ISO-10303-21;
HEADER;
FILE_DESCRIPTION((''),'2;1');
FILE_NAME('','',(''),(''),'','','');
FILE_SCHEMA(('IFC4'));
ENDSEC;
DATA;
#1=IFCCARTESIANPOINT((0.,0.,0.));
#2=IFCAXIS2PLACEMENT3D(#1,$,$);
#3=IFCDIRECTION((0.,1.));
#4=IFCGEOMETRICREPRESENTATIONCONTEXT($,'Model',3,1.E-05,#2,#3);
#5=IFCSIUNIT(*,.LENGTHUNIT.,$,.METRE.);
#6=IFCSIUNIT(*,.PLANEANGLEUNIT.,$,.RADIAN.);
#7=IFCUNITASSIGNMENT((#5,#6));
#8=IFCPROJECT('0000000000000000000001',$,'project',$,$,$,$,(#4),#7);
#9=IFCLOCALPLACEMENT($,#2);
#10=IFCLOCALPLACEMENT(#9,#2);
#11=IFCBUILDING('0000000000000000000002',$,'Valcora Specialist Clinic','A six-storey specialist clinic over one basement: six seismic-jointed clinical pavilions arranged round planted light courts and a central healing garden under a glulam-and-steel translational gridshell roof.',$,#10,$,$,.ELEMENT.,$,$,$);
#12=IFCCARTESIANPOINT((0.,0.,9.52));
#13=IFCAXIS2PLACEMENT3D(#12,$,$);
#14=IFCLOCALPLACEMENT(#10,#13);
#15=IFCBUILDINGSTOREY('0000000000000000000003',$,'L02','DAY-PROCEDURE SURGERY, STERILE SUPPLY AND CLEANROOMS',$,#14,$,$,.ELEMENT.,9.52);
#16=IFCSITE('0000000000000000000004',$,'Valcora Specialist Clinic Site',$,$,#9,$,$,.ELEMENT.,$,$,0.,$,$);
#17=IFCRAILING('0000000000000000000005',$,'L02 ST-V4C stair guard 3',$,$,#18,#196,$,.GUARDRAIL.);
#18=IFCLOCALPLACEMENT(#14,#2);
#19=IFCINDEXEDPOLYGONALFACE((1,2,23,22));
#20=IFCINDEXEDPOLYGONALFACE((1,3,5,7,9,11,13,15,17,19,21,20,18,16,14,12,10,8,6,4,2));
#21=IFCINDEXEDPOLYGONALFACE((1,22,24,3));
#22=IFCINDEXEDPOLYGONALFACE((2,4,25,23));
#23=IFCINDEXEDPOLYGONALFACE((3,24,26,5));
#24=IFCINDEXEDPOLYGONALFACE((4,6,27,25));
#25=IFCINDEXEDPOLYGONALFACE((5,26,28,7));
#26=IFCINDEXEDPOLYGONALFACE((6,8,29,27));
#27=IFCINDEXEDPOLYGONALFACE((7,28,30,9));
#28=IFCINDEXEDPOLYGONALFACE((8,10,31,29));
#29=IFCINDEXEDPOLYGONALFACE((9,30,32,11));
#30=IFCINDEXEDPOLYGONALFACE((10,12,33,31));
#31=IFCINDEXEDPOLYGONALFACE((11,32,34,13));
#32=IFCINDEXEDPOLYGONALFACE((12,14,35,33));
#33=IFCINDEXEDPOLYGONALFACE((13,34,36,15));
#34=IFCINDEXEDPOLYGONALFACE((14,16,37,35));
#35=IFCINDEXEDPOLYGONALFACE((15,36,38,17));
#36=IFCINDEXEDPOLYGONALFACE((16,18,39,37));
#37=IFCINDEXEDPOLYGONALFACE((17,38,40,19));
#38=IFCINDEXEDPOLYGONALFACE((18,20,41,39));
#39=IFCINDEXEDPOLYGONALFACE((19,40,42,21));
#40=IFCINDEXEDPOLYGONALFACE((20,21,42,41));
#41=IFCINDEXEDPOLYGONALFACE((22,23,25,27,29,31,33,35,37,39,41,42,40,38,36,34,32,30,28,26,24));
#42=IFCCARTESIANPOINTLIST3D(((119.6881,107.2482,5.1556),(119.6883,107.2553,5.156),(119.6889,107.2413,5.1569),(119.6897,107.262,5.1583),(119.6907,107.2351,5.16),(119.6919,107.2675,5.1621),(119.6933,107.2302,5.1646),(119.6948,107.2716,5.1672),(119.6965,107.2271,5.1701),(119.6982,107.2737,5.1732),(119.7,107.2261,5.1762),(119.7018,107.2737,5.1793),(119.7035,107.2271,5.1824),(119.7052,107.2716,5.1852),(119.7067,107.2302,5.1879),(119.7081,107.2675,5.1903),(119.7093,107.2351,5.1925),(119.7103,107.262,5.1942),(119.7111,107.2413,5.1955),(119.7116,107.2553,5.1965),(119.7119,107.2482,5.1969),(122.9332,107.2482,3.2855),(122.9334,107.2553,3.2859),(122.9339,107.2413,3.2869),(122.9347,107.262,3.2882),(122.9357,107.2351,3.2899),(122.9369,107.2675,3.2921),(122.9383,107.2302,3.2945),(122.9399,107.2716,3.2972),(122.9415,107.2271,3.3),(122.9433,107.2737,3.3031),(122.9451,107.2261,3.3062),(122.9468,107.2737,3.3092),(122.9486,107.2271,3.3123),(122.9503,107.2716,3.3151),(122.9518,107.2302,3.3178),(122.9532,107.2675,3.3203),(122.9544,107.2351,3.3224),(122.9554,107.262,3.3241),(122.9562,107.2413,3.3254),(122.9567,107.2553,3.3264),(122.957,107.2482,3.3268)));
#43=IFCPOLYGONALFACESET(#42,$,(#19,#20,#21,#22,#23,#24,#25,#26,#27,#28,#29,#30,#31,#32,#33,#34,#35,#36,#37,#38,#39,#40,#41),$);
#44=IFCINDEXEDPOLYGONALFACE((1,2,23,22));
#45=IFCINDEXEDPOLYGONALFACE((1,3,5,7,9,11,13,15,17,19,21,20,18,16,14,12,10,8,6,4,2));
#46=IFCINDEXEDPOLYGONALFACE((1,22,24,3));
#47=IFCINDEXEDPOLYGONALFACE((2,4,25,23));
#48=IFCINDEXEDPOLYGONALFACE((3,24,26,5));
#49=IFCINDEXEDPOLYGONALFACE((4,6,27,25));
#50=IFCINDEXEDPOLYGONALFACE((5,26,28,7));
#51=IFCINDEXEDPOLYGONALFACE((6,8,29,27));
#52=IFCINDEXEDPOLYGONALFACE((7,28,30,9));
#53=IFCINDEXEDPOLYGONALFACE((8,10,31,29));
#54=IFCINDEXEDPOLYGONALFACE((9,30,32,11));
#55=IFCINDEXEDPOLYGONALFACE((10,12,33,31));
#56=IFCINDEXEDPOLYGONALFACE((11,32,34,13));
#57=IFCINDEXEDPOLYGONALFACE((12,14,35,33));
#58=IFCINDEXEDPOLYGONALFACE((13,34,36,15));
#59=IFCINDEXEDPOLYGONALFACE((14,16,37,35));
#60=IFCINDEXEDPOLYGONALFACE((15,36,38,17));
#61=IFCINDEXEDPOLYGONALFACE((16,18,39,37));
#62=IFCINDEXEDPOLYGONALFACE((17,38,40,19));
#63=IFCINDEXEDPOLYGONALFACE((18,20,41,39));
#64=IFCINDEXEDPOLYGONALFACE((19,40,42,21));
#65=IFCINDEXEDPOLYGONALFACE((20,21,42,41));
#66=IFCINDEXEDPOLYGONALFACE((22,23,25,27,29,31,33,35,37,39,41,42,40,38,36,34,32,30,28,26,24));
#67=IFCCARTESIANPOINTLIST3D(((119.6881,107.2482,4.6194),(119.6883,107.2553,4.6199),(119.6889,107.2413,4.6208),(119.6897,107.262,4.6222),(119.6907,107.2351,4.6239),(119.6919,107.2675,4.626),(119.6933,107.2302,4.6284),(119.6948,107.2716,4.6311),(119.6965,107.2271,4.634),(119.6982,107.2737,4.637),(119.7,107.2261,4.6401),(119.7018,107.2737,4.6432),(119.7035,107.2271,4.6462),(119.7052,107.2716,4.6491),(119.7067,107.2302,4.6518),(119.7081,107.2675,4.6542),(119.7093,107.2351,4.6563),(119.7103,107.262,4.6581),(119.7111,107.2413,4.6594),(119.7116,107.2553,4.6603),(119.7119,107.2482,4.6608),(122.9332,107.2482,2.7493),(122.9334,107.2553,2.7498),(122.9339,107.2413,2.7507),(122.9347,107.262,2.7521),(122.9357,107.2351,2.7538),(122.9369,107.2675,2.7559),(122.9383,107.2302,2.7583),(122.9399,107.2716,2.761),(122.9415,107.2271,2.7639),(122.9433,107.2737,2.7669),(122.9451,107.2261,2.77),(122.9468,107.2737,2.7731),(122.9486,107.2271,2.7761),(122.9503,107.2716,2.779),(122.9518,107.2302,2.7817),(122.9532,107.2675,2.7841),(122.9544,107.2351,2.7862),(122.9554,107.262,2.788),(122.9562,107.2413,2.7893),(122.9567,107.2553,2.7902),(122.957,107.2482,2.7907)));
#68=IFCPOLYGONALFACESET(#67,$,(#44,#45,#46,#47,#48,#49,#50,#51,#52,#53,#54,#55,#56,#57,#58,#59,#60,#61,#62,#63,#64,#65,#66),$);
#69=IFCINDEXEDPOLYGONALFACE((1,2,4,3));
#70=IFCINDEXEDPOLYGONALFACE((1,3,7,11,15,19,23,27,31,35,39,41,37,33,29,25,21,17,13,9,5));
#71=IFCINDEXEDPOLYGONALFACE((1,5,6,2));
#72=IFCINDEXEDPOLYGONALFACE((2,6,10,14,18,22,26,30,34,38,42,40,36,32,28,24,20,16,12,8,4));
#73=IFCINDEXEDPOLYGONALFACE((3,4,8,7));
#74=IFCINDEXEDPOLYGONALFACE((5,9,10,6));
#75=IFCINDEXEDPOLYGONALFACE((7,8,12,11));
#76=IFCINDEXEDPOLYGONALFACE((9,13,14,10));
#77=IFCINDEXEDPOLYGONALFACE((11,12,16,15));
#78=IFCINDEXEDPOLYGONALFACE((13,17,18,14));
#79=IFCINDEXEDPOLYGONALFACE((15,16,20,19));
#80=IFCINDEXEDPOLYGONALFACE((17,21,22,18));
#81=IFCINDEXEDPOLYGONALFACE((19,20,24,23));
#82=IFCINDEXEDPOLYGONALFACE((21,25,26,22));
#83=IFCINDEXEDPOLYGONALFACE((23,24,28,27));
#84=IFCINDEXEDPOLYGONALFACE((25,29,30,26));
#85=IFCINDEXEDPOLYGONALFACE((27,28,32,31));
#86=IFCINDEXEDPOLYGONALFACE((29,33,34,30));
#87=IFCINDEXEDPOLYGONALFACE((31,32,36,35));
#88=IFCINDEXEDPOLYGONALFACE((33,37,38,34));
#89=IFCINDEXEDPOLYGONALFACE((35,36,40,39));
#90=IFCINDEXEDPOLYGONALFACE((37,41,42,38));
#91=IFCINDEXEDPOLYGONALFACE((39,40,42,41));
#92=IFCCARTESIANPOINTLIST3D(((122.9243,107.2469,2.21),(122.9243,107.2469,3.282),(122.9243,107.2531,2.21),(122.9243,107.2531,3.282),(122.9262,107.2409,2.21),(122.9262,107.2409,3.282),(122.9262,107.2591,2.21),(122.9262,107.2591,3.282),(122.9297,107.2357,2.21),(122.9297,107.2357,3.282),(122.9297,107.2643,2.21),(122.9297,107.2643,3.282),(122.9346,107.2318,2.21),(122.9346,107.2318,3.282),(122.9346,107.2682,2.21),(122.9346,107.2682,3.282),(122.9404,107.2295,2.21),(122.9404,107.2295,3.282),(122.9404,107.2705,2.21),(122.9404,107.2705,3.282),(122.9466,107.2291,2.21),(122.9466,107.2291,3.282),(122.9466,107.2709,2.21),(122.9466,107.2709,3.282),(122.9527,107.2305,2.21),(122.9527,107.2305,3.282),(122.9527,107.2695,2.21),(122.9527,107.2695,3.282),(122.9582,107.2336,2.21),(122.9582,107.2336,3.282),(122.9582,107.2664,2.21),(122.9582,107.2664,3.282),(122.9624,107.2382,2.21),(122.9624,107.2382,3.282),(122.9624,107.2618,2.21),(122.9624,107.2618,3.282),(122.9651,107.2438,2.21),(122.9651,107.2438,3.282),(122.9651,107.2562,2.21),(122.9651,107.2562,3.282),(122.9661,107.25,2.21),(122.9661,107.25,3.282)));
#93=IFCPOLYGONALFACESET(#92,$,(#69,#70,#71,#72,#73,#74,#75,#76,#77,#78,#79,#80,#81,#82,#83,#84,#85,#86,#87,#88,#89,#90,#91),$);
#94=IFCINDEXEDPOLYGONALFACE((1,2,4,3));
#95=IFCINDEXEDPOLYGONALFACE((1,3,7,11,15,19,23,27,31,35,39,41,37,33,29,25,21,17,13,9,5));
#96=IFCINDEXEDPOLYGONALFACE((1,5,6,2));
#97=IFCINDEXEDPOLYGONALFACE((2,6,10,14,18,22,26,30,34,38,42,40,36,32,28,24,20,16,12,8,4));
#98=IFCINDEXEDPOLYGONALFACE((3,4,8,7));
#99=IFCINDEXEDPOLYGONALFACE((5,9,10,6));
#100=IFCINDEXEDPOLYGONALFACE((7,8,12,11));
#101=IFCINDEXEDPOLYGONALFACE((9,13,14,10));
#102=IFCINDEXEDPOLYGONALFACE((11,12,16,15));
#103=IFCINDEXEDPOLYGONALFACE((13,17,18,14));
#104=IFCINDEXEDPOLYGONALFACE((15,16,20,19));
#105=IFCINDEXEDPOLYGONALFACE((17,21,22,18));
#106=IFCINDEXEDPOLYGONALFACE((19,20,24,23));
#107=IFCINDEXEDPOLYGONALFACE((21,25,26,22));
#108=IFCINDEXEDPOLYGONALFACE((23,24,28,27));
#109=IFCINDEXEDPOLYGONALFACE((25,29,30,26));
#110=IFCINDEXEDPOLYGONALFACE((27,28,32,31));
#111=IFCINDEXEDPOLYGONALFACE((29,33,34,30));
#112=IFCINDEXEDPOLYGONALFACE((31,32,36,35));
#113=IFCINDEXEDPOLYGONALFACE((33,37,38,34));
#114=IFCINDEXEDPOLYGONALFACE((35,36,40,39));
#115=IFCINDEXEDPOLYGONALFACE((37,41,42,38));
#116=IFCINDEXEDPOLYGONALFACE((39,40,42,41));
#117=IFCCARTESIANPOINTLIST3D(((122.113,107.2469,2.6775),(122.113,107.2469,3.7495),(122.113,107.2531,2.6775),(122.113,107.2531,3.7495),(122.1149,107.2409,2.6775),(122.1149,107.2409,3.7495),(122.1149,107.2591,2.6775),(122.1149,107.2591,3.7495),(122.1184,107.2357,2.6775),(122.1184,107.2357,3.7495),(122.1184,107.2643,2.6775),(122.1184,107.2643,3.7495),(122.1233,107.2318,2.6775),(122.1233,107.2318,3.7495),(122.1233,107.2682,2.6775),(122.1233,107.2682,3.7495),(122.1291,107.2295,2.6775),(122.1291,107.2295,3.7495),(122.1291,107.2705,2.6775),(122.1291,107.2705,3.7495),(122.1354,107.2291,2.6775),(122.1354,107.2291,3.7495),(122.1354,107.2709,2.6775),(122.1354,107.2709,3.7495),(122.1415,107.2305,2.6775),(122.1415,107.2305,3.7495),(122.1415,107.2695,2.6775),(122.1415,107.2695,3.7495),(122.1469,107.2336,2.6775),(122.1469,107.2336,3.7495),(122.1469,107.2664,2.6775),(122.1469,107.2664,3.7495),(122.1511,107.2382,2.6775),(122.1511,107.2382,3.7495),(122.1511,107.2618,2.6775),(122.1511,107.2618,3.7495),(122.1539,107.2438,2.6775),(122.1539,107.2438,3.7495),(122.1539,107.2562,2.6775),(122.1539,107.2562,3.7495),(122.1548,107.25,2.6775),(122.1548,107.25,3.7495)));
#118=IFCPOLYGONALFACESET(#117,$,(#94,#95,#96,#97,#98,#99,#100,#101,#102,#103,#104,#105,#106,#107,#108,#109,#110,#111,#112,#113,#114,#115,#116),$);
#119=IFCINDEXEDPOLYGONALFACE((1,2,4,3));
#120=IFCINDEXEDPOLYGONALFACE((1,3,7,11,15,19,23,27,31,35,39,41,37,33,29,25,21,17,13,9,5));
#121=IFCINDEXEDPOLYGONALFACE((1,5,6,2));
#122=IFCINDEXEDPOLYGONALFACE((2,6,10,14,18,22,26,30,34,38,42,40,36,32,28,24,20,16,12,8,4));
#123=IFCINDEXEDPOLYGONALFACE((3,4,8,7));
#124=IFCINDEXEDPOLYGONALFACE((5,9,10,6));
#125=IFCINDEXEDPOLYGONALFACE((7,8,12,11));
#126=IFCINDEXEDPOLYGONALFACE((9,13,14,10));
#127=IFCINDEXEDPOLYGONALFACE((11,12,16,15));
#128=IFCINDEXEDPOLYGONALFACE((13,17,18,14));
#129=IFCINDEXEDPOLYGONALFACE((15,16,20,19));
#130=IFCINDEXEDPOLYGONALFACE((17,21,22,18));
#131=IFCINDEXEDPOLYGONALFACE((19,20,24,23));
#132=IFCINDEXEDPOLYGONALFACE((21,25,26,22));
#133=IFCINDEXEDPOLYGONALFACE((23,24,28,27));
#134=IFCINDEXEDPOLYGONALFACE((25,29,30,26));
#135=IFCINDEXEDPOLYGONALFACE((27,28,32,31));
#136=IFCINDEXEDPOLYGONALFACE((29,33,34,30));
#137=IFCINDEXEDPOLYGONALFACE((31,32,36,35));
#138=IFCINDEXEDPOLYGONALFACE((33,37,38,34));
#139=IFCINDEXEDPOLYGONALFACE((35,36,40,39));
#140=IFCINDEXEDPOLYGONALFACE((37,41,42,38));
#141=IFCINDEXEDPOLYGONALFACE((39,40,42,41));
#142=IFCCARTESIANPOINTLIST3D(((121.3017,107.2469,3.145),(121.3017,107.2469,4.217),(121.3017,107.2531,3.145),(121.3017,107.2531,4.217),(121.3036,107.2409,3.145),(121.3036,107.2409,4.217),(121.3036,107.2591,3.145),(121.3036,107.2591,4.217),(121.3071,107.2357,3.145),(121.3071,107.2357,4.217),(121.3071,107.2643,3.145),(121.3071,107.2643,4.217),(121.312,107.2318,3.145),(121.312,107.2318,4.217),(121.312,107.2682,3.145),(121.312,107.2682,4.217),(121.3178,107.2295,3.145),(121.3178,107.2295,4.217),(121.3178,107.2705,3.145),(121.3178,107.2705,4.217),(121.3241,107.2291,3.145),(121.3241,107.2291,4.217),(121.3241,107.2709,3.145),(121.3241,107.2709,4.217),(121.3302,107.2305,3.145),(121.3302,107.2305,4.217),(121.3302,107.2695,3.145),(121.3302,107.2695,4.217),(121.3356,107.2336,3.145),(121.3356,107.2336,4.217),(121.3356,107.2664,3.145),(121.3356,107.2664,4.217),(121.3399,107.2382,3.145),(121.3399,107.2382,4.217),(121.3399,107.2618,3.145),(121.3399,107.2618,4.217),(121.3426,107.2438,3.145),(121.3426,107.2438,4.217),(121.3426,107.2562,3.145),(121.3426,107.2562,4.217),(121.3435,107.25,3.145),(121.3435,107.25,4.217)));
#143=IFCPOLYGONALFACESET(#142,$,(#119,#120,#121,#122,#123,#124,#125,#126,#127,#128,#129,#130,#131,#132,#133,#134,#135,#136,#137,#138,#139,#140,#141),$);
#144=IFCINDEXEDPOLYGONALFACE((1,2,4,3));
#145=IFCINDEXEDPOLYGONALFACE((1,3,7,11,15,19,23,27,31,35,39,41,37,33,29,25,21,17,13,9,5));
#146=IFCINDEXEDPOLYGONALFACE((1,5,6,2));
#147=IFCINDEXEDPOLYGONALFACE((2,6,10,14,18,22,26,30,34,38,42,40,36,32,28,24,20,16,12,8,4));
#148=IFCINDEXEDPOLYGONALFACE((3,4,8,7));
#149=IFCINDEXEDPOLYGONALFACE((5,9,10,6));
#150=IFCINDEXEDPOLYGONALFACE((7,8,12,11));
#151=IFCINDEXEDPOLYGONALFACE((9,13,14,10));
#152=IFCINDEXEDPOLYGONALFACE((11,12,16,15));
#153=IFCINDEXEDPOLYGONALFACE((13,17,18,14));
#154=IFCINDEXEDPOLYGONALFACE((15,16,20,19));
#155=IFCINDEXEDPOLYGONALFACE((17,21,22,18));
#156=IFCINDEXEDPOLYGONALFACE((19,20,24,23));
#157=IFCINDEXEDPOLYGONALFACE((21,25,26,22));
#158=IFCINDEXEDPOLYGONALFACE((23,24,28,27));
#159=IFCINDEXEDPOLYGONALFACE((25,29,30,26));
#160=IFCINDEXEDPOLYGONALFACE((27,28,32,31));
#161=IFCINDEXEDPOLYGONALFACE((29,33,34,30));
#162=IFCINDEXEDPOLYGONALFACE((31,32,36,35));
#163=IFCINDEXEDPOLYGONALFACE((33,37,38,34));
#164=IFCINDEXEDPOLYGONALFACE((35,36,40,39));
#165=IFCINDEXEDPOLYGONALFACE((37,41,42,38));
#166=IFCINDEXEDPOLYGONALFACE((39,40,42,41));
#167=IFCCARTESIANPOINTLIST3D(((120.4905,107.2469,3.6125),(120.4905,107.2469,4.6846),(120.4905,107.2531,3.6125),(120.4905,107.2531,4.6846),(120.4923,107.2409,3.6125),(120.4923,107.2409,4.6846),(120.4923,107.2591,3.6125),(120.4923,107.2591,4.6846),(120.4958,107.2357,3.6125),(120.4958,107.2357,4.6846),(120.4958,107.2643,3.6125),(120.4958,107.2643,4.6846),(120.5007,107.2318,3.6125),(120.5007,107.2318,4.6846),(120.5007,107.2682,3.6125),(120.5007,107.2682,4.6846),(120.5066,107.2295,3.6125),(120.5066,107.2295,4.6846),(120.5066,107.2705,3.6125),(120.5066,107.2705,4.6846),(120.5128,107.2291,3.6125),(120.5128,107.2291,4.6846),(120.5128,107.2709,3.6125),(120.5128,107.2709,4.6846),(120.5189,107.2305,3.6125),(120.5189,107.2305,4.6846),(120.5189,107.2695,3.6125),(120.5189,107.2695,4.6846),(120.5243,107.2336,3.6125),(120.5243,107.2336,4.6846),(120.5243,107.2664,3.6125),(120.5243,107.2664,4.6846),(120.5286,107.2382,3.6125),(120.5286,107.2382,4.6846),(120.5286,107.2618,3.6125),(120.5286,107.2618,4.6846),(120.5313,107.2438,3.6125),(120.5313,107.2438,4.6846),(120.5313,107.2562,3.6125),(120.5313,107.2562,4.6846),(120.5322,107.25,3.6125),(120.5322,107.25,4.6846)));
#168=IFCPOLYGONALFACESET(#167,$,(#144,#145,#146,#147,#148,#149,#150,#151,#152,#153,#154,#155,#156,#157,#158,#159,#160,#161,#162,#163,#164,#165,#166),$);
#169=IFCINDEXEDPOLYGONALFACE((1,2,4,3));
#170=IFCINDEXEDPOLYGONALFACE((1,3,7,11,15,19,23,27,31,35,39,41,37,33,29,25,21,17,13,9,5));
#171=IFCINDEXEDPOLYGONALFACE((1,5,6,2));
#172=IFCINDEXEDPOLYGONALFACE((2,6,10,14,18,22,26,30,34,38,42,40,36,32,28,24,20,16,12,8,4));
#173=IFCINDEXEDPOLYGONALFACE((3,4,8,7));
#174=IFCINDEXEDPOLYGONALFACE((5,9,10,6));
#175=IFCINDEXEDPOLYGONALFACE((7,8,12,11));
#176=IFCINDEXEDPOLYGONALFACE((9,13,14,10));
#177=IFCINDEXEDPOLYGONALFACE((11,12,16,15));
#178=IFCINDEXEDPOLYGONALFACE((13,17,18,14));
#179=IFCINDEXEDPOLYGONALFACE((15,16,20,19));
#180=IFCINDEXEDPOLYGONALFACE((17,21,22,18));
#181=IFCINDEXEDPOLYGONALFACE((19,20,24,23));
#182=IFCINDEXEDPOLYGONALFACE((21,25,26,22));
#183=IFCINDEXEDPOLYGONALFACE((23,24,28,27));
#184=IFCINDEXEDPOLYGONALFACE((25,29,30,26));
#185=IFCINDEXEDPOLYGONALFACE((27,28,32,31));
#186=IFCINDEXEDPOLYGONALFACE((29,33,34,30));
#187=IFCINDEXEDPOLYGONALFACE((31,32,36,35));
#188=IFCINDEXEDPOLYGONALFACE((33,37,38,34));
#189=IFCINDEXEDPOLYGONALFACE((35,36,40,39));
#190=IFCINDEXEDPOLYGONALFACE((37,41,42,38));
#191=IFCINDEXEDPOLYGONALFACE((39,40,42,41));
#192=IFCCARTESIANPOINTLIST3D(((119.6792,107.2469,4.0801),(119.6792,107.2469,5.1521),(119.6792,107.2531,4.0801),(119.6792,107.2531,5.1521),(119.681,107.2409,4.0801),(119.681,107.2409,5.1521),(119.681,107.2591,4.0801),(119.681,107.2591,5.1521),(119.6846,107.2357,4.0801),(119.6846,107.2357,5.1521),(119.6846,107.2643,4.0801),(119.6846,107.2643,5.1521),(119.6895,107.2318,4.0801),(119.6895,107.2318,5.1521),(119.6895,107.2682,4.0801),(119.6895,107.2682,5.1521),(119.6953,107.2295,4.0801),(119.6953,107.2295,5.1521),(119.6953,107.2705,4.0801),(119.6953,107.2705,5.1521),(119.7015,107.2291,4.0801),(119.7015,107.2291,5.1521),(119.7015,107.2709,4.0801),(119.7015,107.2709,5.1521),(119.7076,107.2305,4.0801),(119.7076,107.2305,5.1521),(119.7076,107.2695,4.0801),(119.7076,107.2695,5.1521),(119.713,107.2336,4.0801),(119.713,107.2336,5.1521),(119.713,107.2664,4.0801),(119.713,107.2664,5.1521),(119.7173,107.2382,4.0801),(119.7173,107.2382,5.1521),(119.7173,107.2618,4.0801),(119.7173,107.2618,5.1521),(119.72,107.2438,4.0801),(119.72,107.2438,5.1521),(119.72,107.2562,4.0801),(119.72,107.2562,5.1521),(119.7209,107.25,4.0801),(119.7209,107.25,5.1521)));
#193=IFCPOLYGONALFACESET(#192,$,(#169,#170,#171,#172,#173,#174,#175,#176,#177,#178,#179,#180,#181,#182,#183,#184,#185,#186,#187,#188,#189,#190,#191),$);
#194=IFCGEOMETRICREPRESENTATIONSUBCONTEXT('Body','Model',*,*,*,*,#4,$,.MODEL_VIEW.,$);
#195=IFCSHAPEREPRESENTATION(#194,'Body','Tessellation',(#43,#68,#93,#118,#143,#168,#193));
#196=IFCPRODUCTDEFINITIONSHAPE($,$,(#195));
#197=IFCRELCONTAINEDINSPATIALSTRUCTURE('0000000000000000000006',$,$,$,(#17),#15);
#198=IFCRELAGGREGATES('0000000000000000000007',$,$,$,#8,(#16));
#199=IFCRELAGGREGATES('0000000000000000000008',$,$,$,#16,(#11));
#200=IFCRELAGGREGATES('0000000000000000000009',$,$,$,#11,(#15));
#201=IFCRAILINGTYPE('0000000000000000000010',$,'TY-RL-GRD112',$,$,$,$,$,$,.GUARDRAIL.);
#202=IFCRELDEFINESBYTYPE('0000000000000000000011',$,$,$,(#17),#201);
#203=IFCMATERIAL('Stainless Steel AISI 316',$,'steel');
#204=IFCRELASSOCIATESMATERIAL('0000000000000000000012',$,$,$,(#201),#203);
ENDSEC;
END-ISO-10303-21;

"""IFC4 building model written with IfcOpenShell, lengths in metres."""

from ifc_helpers import new_model, si_unit, direction, frame, origin, origin_2d, place, context, subcontext, project, spatial, circle, extrude, material, type_object, element, save


model = new_model("IFC4")

# Units and contexts
model_context = context("Model", 3, precision=1e-05, world=origin(), true_north=direction((0.0, 1.0)))
body_context = subcontext(model_context, "Body", "Model", "MODEL_VIEW")
ifc_project = project(units=[si_unit("LENGTHUNIT", "METRE"), si_unit("PLANEANGLEUNIT", "RADIAN")], contexts=[model_context])

# Site, building, storey
site_placement = place(None, origin())
site = spatial("IfcSite", under=ifc_project, at=site_placement, Name="Valcora Specialist Clinic Site", CompositionType="ELEMENT", RefElevation=0.0)
building_placement = place(site_placement, origin())
building = spatial("IfcBuilding", under=site, at=building_placement, Name="Valcora Specialist Clinic", Description="A six-storey specialist clinic over one basement: six seismic-jointed clinical pavilions arranged round planted light courts and a central healing garden under a glulam-and-steel translational gridshell roof.", CompositionType="ELEMENT")
storey_placement = place(building_placement, frame((0.0, 0.0, 9.52)))
storey = spatial("IfcBuildingStorey", under=building, at=storey_placement, Name="L02", Description="DAY-PROCEDURE SURGERY, STERILE SUPPLY AND CLEANROOMS", CompositionType="ELEMENT", Elevation=9.52)

# Railing
ifc_material_1 = material(Name="Stainless Steel AISI 316", Category="steel")
railing_type_1 = type_object("IfcRailingType", Name="TY-RL-GRD112", PredefinedType="GUARDRAIL", material=ifc_material_1)
railing_1_placement = place(storey_placement, frame((122.9451, 107.25, 2.21)))
element("IfcRailing", 1, at=railing_1_placement, inside=storey, type_object=railing_type_1, Name="L02 ST-V4C stair guard 3", PredefinedType="GUARDRAIL", context=body_context, shape_type="SweptSolid", body=[
    extrude(circle(Radius=0.0239, at=origin_2d()), frame((0.0, 0.0, 1.0962), z_axis=(-0.866424, 0.0, 0.499309), x_axis=(0.0, -1.0, 0.0)), (0.0, 0.0, 1.0), 3.7454),
    extrude(circle(Radius=0.0239, at=origin_2d()), frame((0.0, 0.0, 0.5601), z_axis=(-0.866424, 0.0, 0.499309), x_axis=(0.0, -1.0, 0.0)), (0.0, 0.0, 1.0), 3.7454),
    extrude(circle(Radius=0.021, at=origin_2d()), origin(), (0.0, 0.0, 1.0), 1.072),
    extrude(circle(Radius=0.021, at=origin_2d()), frame((-0.8113, 0.0, 0.4675)), (0.0, 0.0, 1.0), 1.072),
    extrude(circle(Radius=0.021, at=origin_2d()), frame((-1.6226, 0.0, 0.9351)), (0.0, 0.0, 1.0), 1.072),
    extrude(circle(Radius=0.021, at=origin_2d()), frame((-2.4338, 0.0, 1.4026)), (0.0, 0.0, 1.0), 1.072),
    extrude(circle(Radius=0.021, at=origin_2d()), frame((-3.2451, 0.0, 1.8701)), (0.0, 0.0, 1.0), 1.072),
])

save(model, "model.ifc")
